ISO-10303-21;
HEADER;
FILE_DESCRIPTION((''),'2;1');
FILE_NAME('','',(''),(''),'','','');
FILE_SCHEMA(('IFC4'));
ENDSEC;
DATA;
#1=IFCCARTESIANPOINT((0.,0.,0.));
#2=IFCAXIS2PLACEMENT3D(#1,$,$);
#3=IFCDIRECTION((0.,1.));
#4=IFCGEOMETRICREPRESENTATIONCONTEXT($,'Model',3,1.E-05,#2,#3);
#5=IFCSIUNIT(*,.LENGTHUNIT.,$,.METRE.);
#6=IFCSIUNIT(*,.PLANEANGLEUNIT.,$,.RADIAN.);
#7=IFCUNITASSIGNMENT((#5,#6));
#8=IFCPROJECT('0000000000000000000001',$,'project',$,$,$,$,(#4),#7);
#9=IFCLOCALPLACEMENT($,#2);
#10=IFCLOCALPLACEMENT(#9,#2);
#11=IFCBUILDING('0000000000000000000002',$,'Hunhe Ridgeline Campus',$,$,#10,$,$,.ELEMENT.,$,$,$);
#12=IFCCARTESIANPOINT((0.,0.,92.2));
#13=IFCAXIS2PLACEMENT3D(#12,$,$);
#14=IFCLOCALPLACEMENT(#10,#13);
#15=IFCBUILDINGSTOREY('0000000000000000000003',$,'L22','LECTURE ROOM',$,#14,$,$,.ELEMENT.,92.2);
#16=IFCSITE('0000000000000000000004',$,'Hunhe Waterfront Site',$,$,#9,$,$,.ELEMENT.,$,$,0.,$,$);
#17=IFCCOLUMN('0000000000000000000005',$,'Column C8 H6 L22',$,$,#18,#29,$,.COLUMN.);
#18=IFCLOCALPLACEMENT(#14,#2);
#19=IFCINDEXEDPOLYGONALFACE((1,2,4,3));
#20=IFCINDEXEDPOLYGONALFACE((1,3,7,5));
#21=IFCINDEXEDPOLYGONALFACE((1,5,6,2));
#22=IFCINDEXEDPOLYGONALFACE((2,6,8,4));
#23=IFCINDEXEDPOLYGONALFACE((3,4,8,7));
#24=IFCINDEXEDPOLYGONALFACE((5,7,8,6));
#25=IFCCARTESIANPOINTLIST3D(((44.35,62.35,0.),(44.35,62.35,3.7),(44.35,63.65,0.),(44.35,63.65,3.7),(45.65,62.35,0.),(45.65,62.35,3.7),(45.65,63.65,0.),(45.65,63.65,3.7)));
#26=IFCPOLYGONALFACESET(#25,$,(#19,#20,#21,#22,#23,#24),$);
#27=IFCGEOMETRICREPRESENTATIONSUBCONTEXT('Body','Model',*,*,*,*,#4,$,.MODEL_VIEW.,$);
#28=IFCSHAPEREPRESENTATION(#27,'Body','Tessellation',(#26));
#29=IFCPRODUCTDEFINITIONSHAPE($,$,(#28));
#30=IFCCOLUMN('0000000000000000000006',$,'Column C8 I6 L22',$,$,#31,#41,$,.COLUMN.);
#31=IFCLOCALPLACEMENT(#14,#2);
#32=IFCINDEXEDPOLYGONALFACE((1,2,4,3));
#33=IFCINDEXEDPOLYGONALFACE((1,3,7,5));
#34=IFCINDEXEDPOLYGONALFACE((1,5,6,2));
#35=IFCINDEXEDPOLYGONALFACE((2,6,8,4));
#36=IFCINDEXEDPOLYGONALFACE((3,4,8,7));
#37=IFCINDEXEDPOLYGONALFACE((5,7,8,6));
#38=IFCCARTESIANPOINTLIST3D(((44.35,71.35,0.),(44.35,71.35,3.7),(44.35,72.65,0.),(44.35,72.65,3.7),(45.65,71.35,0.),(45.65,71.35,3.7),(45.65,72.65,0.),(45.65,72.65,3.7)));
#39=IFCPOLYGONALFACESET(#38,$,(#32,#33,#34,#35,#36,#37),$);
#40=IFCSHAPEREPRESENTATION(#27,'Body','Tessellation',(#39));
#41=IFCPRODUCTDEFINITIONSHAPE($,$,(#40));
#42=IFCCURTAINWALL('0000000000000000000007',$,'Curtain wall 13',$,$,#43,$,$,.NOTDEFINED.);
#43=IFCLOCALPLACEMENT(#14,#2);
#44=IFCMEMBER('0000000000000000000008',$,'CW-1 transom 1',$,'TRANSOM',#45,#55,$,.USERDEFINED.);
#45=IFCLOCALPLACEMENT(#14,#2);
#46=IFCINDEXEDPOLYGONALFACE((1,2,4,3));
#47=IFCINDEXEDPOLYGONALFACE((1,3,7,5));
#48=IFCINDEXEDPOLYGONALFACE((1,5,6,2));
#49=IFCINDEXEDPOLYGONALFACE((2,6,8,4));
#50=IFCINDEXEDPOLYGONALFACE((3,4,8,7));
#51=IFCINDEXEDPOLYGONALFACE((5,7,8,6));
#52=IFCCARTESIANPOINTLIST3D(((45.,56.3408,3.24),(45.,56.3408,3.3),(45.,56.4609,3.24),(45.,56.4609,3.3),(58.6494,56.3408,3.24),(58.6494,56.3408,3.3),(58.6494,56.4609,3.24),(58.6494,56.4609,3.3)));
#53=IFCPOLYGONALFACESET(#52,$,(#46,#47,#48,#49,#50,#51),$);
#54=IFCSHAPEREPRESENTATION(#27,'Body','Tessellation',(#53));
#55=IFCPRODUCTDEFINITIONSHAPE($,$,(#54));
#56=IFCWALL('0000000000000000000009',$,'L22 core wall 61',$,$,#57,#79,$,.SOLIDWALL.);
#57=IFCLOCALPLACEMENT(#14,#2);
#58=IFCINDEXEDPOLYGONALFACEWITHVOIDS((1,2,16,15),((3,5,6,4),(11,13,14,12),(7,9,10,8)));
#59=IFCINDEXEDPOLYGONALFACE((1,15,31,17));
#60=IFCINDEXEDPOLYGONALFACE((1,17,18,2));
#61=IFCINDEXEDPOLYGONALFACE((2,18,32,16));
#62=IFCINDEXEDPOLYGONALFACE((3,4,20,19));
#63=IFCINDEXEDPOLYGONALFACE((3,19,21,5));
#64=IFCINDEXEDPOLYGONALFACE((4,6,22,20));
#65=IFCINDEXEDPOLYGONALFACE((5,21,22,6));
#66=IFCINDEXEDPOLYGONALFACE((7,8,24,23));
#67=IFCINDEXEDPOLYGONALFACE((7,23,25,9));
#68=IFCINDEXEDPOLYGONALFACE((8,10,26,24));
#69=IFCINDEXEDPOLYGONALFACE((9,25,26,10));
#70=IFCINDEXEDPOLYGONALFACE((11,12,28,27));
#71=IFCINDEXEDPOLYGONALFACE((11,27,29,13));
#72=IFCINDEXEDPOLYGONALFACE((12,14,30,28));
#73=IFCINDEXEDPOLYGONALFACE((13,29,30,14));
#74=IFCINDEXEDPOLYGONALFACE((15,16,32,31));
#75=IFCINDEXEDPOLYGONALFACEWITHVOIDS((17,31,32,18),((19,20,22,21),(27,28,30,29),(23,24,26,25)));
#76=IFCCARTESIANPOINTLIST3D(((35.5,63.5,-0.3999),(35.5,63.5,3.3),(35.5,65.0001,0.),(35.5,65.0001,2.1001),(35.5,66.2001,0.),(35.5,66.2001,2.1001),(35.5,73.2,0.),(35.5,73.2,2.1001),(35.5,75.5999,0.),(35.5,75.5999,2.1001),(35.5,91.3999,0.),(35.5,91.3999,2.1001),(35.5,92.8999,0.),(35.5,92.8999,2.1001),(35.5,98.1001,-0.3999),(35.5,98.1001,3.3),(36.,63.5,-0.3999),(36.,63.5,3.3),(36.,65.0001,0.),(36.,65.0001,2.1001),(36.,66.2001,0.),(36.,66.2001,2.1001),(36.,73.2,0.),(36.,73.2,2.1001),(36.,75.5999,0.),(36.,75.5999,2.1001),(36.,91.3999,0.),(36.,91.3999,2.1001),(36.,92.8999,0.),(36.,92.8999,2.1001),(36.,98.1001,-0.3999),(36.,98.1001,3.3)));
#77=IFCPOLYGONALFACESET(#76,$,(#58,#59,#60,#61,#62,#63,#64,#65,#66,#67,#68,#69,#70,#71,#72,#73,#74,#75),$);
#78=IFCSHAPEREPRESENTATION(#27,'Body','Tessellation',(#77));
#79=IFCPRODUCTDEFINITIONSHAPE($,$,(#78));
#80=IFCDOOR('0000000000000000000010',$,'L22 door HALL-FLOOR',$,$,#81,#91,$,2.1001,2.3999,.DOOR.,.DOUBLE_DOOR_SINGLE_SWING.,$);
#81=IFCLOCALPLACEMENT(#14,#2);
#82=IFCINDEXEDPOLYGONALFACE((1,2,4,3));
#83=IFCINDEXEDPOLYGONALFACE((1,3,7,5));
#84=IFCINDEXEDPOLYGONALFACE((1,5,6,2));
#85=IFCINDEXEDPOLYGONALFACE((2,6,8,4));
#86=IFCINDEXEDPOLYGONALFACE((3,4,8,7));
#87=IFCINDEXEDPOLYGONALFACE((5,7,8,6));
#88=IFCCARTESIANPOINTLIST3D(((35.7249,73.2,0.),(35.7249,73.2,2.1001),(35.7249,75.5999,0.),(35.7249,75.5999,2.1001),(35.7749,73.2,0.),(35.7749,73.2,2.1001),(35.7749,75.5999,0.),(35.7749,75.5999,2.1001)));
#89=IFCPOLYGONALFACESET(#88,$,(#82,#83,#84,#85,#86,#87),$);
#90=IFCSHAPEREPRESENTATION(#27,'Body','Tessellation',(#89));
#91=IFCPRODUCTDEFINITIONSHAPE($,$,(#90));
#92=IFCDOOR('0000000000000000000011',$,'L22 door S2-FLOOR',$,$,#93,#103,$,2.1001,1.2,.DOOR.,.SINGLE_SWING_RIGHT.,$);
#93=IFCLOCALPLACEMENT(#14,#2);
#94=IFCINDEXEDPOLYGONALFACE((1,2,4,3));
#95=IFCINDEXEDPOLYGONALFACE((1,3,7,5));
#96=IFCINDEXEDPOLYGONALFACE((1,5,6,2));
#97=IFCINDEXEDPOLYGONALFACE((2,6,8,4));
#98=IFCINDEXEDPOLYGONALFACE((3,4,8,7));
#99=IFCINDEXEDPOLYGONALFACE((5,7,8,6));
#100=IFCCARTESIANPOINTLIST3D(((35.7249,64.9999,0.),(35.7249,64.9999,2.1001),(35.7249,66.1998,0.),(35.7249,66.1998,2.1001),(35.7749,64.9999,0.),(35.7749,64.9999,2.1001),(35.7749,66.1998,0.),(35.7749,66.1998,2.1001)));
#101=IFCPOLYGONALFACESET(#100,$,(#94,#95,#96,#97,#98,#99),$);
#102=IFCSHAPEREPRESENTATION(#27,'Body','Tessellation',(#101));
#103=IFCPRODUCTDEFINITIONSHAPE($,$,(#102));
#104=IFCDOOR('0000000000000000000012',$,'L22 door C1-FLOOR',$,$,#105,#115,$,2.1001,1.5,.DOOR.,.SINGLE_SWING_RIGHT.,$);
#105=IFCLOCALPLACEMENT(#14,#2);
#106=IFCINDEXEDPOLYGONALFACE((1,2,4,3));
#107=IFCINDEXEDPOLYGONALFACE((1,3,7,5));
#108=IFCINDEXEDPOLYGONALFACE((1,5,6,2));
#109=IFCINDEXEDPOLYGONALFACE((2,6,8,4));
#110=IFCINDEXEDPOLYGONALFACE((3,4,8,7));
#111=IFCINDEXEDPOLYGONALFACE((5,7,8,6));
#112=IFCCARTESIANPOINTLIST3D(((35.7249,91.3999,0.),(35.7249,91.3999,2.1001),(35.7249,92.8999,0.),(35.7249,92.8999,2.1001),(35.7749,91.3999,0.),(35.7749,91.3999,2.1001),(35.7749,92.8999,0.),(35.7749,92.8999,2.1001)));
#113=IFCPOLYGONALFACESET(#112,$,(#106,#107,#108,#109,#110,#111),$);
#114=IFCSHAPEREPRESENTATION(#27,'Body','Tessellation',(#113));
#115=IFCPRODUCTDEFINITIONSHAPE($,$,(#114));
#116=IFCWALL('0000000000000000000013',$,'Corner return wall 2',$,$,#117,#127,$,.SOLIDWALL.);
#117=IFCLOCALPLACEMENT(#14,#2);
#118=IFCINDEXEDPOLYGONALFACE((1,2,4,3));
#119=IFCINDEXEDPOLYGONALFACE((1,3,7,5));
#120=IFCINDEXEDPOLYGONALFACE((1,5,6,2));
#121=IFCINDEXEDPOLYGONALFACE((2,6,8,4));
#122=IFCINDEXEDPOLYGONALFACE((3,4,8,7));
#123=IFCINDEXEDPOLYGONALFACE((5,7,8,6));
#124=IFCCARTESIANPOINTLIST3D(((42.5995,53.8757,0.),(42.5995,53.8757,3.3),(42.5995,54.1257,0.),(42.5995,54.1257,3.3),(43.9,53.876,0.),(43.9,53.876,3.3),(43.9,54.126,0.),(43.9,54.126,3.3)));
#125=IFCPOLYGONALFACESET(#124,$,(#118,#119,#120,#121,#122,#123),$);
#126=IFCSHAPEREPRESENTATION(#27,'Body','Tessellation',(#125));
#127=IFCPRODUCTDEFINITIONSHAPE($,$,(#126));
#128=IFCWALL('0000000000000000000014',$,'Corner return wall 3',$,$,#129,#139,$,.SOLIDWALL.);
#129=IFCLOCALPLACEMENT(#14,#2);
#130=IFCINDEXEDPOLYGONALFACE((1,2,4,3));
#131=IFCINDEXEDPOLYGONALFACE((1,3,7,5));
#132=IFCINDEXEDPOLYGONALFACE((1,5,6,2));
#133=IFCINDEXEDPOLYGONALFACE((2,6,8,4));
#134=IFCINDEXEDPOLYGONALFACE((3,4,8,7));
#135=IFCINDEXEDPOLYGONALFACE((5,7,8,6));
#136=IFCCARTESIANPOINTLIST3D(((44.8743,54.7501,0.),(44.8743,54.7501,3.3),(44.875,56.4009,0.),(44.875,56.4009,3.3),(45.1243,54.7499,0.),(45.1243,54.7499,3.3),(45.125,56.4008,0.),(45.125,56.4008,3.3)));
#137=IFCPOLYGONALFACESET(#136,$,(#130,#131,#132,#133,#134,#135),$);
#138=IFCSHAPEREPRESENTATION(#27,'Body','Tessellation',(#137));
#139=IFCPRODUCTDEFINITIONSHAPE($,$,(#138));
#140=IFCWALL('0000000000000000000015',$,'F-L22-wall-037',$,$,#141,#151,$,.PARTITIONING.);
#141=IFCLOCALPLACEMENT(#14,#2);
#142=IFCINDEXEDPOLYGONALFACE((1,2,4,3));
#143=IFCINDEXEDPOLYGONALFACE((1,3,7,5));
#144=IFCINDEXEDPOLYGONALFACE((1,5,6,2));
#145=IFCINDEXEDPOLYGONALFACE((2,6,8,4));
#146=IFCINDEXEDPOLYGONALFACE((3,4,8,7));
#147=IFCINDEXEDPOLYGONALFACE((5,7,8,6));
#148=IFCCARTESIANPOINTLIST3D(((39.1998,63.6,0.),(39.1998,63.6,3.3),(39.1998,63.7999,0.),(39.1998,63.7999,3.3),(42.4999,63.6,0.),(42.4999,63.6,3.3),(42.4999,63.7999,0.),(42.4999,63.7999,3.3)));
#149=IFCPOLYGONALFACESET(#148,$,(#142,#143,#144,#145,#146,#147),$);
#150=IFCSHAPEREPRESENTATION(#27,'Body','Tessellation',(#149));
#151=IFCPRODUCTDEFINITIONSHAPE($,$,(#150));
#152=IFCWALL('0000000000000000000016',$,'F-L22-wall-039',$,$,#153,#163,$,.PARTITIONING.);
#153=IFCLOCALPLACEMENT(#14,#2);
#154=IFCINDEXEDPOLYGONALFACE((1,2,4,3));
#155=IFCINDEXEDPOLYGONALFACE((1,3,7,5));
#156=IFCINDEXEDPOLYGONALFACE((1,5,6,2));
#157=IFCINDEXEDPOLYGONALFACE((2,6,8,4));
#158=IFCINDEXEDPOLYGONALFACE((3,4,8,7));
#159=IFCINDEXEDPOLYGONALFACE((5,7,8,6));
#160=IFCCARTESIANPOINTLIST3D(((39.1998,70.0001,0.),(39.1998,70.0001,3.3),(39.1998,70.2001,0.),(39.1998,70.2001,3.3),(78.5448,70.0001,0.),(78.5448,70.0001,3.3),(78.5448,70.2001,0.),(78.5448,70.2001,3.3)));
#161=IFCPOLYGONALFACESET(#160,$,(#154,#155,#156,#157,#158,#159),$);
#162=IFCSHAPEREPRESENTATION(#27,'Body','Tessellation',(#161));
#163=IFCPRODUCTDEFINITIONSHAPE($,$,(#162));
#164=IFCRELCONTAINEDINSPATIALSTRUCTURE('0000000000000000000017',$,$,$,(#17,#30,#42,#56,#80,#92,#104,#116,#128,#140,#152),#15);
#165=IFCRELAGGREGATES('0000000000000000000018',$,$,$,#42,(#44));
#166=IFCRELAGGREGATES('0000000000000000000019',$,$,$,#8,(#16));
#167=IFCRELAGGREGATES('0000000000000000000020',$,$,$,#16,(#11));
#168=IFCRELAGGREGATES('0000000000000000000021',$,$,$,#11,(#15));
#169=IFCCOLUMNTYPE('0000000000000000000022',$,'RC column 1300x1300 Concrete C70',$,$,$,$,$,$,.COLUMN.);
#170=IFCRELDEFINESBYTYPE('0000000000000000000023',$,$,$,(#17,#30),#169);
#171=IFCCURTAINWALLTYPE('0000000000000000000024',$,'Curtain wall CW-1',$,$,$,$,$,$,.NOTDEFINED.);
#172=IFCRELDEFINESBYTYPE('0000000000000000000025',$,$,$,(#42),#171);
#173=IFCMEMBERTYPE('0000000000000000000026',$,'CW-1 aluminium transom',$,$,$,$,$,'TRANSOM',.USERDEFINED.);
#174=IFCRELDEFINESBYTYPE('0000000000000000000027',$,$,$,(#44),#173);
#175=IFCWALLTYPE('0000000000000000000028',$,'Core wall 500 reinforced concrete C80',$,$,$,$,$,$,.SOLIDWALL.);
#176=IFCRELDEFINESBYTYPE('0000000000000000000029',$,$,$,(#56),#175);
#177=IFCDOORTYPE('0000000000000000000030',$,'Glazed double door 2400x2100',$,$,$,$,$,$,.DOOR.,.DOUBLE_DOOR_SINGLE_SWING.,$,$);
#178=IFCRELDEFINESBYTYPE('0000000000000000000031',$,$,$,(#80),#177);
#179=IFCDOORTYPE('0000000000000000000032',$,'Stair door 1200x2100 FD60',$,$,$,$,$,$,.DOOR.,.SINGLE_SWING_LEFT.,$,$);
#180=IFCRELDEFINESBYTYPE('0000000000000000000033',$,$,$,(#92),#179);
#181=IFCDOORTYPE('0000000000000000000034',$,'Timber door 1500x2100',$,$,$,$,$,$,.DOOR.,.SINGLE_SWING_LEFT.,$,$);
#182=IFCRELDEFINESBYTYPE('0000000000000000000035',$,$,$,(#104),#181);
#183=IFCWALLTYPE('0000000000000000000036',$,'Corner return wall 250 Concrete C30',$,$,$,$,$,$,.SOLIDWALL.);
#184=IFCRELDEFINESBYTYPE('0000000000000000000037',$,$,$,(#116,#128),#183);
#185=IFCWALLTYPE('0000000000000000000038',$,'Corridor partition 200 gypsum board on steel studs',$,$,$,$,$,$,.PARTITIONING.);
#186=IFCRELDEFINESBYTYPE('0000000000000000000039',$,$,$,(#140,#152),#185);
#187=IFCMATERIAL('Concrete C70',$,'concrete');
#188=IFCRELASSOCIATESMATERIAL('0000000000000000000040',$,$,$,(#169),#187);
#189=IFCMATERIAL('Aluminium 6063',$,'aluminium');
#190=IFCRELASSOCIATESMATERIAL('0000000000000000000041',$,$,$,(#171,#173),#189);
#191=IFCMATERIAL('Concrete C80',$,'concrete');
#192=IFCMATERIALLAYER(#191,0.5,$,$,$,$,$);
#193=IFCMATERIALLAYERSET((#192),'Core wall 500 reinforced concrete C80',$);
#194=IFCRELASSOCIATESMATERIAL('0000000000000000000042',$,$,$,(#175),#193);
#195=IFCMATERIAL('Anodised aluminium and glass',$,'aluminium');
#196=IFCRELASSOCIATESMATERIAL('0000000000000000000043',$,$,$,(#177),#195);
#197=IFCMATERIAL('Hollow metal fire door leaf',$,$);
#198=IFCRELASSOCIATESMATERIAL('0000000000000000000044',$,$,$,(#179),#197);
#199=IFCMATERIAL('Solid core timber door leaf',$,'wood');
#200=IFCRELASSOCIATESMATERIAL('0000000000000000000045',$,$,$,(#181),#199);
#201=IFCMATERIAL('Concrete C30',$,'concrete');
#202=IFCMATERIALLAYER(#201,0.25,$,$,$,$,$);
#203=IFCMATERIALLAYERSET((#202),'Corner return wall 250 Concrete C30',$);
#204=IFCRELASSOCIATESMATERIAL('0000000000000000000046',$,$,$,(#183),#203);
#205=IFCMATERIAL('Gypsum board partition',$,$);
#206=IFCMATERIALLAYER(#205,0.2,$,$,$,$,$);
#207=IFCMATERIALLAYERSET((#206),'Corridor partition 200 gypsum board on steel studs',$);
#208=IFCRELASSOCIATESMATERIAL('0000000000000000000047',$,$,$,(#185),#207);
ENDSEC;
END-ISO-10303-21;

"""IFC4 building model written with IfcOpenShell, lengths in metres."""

from ifc_helpers import new_model, si_unit, direction, frame, frame_2d, origin, origin_2d, place, context, subcontext, project, spatial, rectangle, extrude, material, layer, layer_set, material_profile, profile_set, type_object, element, fill, aggregate, save


model = new_model("IFC4")

# Units and contexts
model_context = context("Model", 3, precision=1e-05, world=origin(), true_north=direction((0.0, 1.0)))
body_context = subcontext(model_context, "Body", "Model", "MODEL_VIEW")
ifc_project = project(units=[si_unit("LENGTHUNIT", "METRE"), si_unit("PLANEANGLEUNIT", "RADIAN")], contexts=[model_context])

# Site, building, storey
site_placement = place(None, origin())
site = spatial("IfcSite", under=ifc_project, at=site_placement, Name="Hunhe Waterfront Site", CompositionType="ELEMENT", RefElevation=0.0)
building_placement = place(site_placement, origin())
building = spatial("IfcBuilding", under=site, at=building_placement, Name="Hunhe Ridgeline Campus", CompositionType="ELEMENT")
storey_placement = place(building_placement, frame((0.0, 0.0, 92.2)))
storey = spatial("IfcBuildingStorey", under=building, at=storey_placement, Name="L22", Description="LECTURE ROOM", CompositionType="ELEMENT", Elevation=92.2)

# Columns
ifc_material_1 = material(Name="Concrete C70", Category="concrete")
ifc_material_profile_1 = material_profile(ifc_material_1, rectangle(XDim=1.3, YDim=1.3, at=origin_2d()))
ifc_profile_set_1 = profile_set([ifc_material_profile_1], Name="Concrete C70")
column_type = type_object("IfcColumnType", Name="RC column 1300x1300 Concrete C70", PredefinedType="COLUMN", material=ifc_profile_set_1)
for number, where, z_axis, x_axis, name in (
    (1, (45.0, 63.0, 0.0), (0.0, 0.0, 1.0), (1.0, 0.0, 0.0), "Column C8 H6 L22"),
    (2, (45.0, 72.0, 0.0), (0.0, 0.0, 1.0), (1.0, 0.0, 0.0), "Column C8 I6 L22"),
):
    element("IfcColumn", number, at=place(storey_placement, frame(where, z_axis=z_axis, x_axis=x_axis)), inside=storey, type_object=column_type, Name=name, PredefinedType="COLUMN", context=body_context, shape_type="SweptSolid", body=[
        extrude(rectangle(XDim=1.3, YDim=1.3, at=origin_2d()), origin(), (0.0, 0.0, 1.0), 3.7),
    ])

# Curtain wall, member
ifc_material_2 = material(Name="Aluminium 6063", Category="aluminium")
curtain_wall_type = type_object("IfcCurtainWallType", Name="Curtain wall CW-1", PredefinedType="NOTDEFINED", material=ifc_material_2)
curtain_wall_placement = place(storey_placement, origin())
curtain_wall = element("IfcCurtainWall", 3, at=curtain_wall_placement, inside=storey, type_object=curtain_wall_type, Name="Curtain wall 13", PredefinedType="NOTDEFINED")
ifc_material_profile_2 = material_profile(ifc_material_2, rectangle(XDim=0.1201, YDim=0.0601, at=origin_2d()))
ifc_profile_set_2 = profile_set([ifc_material_profile_2], Name="Aluminium 6063")
member_type = type_object("IfcMemberType", Name="CW-1 aluminium transom", ElementType="TRANSOM", PredefinedType="USERDEFINED", material=ifc_profile_set_2)
member_placement = place(storey_placement, frame((45.0, 56.4009, 3.27), z_axis=(1.0, 0.0, 0.0), x_axis=(0.0, 1.0, 0.0)))
member = element("IfcMember", 4, at=member_placement, type_object=member_type, Name="CW-1 transom 1", ObjectType="TRANSOM", PredefinedType="USERDEFINED", context=body_context, shape_type="SweptSolid", body=[
    extrude(rectangle(XDim=0.1201, YDim=0.0601, at=origin_2d()), origin(), (0.0, 0.0, 1.0), 13.6494),
])
aggregate(curtain_wall, [member])

# Wall, openings, doors
ifc_material_3 = material(Name="Concrete C80", Category="concrete")
ifc_layer_1 = layer(ifc_material_3, 0.5)
ifc_layer_set_1 = layer_set([ifc_layer_1], Name="Core wall 500 reinforced concrete C80")
wall_type_1 = type_object("IfcWallType", Name="Core wall 500 reinforced concrete C80", PredefinedType="SOLIDWALL", material=ifc_layer_set_1)
wall_1_placement = place(storey_placement, frame((35.75, 63.5, -0.3999), z_axis=(0.0, 0.0, 1.0), x_axis=(0.0, 1.0, 0.0)))
wall_1 = element("IfcWall", 5, at=wall_1_placement, inside=storey, type_object=wall_type_1, Name="L22 core wall 61", PredefinedType="SOLIDWALL", context=body_context, shape_type="SweptSolid", body=[
    extrude(rectangle(XDim=34.6001, YDim=0.5, at=frame_2d((17.3, 0.0))), origin(), (0.0, 0.0, 1.0), 3.7),
])
opening_1_placement = place(wall_1_placement, frame((9.7, 0.0, 0.3999)))
opening_1 = element("IfcOpeningElement", 6, at=opening_1_placement, cuts=wall_1, PredefinedType="OPENING", context=body_context, shape_type="SweptSolid", body=[
    extrude(rectangle(XDim=2.3999, YDim=2.1001, at=frame_2d((1.2, 1.05))), frame((0.0, 0.25, 0.0), z_axis=(0.0, -1.0, 0.0), x_axis=(1.0, 0.0, 0.0)), (0.0, 0.0, 1.0), 0.5),
])
opening_2_placement = place(wall_1_placement, frame((27.8999, 0.0, 0.3999)))
opening_2 = element("IfcOpeningElement", 7, at=opening_2_placement, cuts=wall_1, PredefinedType="OPENING", context=body_context, shape_type="SweptSolid", body=[
    extrude(rectangle(XDim=1.5, YDim=2.1001, at=frame_2d((0.75, 1.05))), frame((0.0, 0.25, 0.0), z_axis=(0.0, -1.0, 0.0), x_axis=(1.0, 0.0, 0.0)), (0.0, 0.0, 1.0), 0.5),
])
opening_3_placement = place(wall_1_placement, frame((1.5, 0.0, 0.3999)))
opening_3 = element("IfcOpeningElement", 8, at=opening_3_placement, cuts=wall_1, PredefinedType="OPENING", context=body_context, shape_type="SweptSolid", body=[
    extrude(rectangle(XDim=1.2, YDim=2.1001, at=frame_2d((0.6001, 1.05))), frame((0.0, 0.25, 0.0), z_axis=(0.0, -1.0, 0.0), x_axis=(1.0, 0.0, 0.0)), (0.0, 0.0, 1.0), 0.5),
])
ifc_material_4 = material(Name="Anodised aluminium and glass", Category="aluminium")
door_type_1 = type_object("IfcDoorType", Name="Glazed double door 2400x2100", OperationType="DOUBLE_DOOR_SINGLE_SWING", PredefinedType="DOOR", material=ifc_material_4)
door_1_placement = place(opening_1_placement, frame((2.3999, 0.0, 0.0), z_axis=(0.0, 0.0, 1.0), x_axis=(-1.0, 0.0, 0.0)))
door_1 = element("IfcDoor", 9, at=door_1_placement, inside=storey, type_object=door_type_1, Name="L22 door HALL-FLOOR", OperationType="DOUBLE_DOOR_SINGLE_SWING", OverallHeight=2.1001, OverallWidth=2.3999, PredefinedType="DOOR", context=body_context, shape_type="SweptSolid", body=[
    extrude(rectangle(XDim=2.3999, YDim=2.1001, at=frame_2d((1.2, 1.05))), frame((0.0, 0.0249, 0.0), z_axis=(0.0, -1.0, 0.0), x_axis=(1.0, 0.0, 0.0)), (0.0, 0.0, 1.0), 0.05),
])
fill(opening_1, door_1)
ifc_material_5 = material(Name="Hollow metal fire door leaf")
door_type_2 = type_object("IfcDoorType", Name="Stair door 1200x2100 FD60", OperationType="SINGLE_SWING_LEFT", PredefinedType="DOOR", material=ifc_material_5)
door_2_placement = place(opening_3_placement, frame((1.2, 0.0, 0.0), z_axis=(0.0, 0.0, 1.0), x_axis=(-1.0, 0.0, 0.0)))
door_2 = element("IfcDoor", 10, at=door_2_placement, inside=storey, type_object=door_type_2, Name="L22 door S2-FLOOR", OperationType="SINGLE_SWING_RIGHT", OverallHeight=2.1001, OverallWidth=1.2, PredefinedType="DOOR", context=body_context, shape_type="SweptSolid", body=[
    extrude(rectangle(XDim=1.2, YDim=2.1001, at=frame_2d((0.6001, 1.05))), frame((0.0, 0.0249, 0.0), z_axis=(0.0, -1.0, 0.0), x_axis=(1.0, 0.0, 0.0)), (0.0, 0.0, 1.0), 0.05),
])
fill(opening_3, door_2)
ifc_material_6 = material(Name="Solid core timber door leaf", Category="wood")
door_type_3 = type_object("IfcDoorType", Name="Timber door 1500x2100", OperationType="SINGLE_SWING_LEFT", PredefinedType="DOOR", material=ifc_material_6)
door_3_placement = place(opening_2_placement, frame((1.5, 0.0, 0.0), z_axis=(0.0, 0.0, 1.0), x_axis=(-1.0, 0.0, 0.0)))
door_3 = element("IfcDoor", 11, at=door_3_placement, inside=storey, type_object=door_type_3, Name="L22 door C1-FLOOR", OperationType="SINGLE_SWING_RIGHT", OverallHeight=2.1001, OverallWidth=1.5, PredefinedType="DOOR", context=body_context, shape_type="SweptSolid", body=[
    extrude(rectangle(XDim=1.5, YDim=2.1001, at=frame_2d((0.75, 1.05))), frame((0.0, 0.0249, 0.0), z_axis=(0.0, -1.0, 0.0), x_axis=(1.0, 0.0, 0.0)), (0.0, 0.0, 1.0), 0.05),
])
fill(opening_2, door_3)

# Walls
ifc_material_7 = material(Name="Concrete C30", Category="concrete")
ifc_layer_2 = layer(ifc_material_7, 0.25)
ifc_layer_set_2 = layer_set([ifc_layer_2], Name="Corner return wall 250 Concrete C30")
wall_type_2 = type_object("IfcWallType", Name="Corner return wall 250 Concrete C30", PredefinedType="SOLIDWALL", material=ifc_layer_set_2)
wall_2_placement = place(storey_placement, frame((42.5994, 54.0007, 0.0), z_axis=(0.0, 0.0, 1.0), x_axis=(1.0, 0.000188, 0.0)))
element("IfcWall", 12, at=wall_2_placement, inside=storey, type_object=wall_type_2, Name="Corner return wall 2", PredefinedType="SOLIDWALL", context=body_context, shape_type="SweptSolid", body=[
    extrude(rectangle(XDim=1.3005, YDim=0.25, at=frame_2d((0.6504, 0.0))), origin(), (0.0, 0.0, 1.0), 3.3),
])
wall_3_placement = place(storey_placement, frame((44.9993, 54.75, 0.0), z_axis=(0.0, 0.0, 1.0), x_axis=(0.000444, 1.0, 0.0)))
element("IfcWall", 13, at=wall_3_placement, inside=storey, type_object=wall_type_2, Name="Corner return wall 3", PredefinedType="SOLIDWALL", context=body_context, shape_type="SweptSolid", body=[
    extrude(rectangle(XDim=1.6509, YDim=0.25, at=frame_2d((0.8254, 0.0))), origin(), (0.0, 0.0, 1.0), 3.3),
])
ifc_material_8 = material(Name="Gypsum board partition")
ifc_layer_3 = layer(ifc_material_8, 0.2)
ifc_layer_set_3 = layer_set([ifc_layer_3], Name="Corridor partition 200 gypsum board on steel studs")
wall_type_3 = type_object("IfcWallType", Name="Corridor partition 200 gypsum board on steel studs", PredefinedType="PARTITIONING", material=ifc_layer_set_3)
wall_4_placement = place(storey_placement, frame((39.2, 63.7, 0.0), z_axis=(0.0, 0.0, 1.0), x_axis=(1.0, 0.0, 0.0)))
element("IfcWall", 14, at=wall_4_placement, inside=storey, type_object=wall_type_3, Name="F-L22-wall-037", PredefinedType="PARTITIONING", context=body_context, shape_type="SweptSolid", body=[
    extrude(rectangle(XDim=3.3, YDim=0.2, at=frame_2d((1.6499, 0.0))), origin(), (0.0, 0.0, 1.0), 3.3),
])
wall_5_placement = place(storey_placement, frame((39.2, 70.1001, 0.0), z_axis=(0.0, 0.0, 1.0), x_axis=(1.0, 0.0, 0.0)))
element("IfcWall", 15, at=wall_5_placement, inside=storey, type_object=wall_type_3, Name="F-L22-wall-039", PredefinedType="PARTITIONING", context=body_context, shape_type="SweptSolid", body=[
    extrude(rectangle(XDim=39.345, YDim=0.2, at=frame_2d((19.6724, 0.0))), origin(), (0.0, 0.0, 1.0), 3.3),
])

save(model, "model.ifc")
